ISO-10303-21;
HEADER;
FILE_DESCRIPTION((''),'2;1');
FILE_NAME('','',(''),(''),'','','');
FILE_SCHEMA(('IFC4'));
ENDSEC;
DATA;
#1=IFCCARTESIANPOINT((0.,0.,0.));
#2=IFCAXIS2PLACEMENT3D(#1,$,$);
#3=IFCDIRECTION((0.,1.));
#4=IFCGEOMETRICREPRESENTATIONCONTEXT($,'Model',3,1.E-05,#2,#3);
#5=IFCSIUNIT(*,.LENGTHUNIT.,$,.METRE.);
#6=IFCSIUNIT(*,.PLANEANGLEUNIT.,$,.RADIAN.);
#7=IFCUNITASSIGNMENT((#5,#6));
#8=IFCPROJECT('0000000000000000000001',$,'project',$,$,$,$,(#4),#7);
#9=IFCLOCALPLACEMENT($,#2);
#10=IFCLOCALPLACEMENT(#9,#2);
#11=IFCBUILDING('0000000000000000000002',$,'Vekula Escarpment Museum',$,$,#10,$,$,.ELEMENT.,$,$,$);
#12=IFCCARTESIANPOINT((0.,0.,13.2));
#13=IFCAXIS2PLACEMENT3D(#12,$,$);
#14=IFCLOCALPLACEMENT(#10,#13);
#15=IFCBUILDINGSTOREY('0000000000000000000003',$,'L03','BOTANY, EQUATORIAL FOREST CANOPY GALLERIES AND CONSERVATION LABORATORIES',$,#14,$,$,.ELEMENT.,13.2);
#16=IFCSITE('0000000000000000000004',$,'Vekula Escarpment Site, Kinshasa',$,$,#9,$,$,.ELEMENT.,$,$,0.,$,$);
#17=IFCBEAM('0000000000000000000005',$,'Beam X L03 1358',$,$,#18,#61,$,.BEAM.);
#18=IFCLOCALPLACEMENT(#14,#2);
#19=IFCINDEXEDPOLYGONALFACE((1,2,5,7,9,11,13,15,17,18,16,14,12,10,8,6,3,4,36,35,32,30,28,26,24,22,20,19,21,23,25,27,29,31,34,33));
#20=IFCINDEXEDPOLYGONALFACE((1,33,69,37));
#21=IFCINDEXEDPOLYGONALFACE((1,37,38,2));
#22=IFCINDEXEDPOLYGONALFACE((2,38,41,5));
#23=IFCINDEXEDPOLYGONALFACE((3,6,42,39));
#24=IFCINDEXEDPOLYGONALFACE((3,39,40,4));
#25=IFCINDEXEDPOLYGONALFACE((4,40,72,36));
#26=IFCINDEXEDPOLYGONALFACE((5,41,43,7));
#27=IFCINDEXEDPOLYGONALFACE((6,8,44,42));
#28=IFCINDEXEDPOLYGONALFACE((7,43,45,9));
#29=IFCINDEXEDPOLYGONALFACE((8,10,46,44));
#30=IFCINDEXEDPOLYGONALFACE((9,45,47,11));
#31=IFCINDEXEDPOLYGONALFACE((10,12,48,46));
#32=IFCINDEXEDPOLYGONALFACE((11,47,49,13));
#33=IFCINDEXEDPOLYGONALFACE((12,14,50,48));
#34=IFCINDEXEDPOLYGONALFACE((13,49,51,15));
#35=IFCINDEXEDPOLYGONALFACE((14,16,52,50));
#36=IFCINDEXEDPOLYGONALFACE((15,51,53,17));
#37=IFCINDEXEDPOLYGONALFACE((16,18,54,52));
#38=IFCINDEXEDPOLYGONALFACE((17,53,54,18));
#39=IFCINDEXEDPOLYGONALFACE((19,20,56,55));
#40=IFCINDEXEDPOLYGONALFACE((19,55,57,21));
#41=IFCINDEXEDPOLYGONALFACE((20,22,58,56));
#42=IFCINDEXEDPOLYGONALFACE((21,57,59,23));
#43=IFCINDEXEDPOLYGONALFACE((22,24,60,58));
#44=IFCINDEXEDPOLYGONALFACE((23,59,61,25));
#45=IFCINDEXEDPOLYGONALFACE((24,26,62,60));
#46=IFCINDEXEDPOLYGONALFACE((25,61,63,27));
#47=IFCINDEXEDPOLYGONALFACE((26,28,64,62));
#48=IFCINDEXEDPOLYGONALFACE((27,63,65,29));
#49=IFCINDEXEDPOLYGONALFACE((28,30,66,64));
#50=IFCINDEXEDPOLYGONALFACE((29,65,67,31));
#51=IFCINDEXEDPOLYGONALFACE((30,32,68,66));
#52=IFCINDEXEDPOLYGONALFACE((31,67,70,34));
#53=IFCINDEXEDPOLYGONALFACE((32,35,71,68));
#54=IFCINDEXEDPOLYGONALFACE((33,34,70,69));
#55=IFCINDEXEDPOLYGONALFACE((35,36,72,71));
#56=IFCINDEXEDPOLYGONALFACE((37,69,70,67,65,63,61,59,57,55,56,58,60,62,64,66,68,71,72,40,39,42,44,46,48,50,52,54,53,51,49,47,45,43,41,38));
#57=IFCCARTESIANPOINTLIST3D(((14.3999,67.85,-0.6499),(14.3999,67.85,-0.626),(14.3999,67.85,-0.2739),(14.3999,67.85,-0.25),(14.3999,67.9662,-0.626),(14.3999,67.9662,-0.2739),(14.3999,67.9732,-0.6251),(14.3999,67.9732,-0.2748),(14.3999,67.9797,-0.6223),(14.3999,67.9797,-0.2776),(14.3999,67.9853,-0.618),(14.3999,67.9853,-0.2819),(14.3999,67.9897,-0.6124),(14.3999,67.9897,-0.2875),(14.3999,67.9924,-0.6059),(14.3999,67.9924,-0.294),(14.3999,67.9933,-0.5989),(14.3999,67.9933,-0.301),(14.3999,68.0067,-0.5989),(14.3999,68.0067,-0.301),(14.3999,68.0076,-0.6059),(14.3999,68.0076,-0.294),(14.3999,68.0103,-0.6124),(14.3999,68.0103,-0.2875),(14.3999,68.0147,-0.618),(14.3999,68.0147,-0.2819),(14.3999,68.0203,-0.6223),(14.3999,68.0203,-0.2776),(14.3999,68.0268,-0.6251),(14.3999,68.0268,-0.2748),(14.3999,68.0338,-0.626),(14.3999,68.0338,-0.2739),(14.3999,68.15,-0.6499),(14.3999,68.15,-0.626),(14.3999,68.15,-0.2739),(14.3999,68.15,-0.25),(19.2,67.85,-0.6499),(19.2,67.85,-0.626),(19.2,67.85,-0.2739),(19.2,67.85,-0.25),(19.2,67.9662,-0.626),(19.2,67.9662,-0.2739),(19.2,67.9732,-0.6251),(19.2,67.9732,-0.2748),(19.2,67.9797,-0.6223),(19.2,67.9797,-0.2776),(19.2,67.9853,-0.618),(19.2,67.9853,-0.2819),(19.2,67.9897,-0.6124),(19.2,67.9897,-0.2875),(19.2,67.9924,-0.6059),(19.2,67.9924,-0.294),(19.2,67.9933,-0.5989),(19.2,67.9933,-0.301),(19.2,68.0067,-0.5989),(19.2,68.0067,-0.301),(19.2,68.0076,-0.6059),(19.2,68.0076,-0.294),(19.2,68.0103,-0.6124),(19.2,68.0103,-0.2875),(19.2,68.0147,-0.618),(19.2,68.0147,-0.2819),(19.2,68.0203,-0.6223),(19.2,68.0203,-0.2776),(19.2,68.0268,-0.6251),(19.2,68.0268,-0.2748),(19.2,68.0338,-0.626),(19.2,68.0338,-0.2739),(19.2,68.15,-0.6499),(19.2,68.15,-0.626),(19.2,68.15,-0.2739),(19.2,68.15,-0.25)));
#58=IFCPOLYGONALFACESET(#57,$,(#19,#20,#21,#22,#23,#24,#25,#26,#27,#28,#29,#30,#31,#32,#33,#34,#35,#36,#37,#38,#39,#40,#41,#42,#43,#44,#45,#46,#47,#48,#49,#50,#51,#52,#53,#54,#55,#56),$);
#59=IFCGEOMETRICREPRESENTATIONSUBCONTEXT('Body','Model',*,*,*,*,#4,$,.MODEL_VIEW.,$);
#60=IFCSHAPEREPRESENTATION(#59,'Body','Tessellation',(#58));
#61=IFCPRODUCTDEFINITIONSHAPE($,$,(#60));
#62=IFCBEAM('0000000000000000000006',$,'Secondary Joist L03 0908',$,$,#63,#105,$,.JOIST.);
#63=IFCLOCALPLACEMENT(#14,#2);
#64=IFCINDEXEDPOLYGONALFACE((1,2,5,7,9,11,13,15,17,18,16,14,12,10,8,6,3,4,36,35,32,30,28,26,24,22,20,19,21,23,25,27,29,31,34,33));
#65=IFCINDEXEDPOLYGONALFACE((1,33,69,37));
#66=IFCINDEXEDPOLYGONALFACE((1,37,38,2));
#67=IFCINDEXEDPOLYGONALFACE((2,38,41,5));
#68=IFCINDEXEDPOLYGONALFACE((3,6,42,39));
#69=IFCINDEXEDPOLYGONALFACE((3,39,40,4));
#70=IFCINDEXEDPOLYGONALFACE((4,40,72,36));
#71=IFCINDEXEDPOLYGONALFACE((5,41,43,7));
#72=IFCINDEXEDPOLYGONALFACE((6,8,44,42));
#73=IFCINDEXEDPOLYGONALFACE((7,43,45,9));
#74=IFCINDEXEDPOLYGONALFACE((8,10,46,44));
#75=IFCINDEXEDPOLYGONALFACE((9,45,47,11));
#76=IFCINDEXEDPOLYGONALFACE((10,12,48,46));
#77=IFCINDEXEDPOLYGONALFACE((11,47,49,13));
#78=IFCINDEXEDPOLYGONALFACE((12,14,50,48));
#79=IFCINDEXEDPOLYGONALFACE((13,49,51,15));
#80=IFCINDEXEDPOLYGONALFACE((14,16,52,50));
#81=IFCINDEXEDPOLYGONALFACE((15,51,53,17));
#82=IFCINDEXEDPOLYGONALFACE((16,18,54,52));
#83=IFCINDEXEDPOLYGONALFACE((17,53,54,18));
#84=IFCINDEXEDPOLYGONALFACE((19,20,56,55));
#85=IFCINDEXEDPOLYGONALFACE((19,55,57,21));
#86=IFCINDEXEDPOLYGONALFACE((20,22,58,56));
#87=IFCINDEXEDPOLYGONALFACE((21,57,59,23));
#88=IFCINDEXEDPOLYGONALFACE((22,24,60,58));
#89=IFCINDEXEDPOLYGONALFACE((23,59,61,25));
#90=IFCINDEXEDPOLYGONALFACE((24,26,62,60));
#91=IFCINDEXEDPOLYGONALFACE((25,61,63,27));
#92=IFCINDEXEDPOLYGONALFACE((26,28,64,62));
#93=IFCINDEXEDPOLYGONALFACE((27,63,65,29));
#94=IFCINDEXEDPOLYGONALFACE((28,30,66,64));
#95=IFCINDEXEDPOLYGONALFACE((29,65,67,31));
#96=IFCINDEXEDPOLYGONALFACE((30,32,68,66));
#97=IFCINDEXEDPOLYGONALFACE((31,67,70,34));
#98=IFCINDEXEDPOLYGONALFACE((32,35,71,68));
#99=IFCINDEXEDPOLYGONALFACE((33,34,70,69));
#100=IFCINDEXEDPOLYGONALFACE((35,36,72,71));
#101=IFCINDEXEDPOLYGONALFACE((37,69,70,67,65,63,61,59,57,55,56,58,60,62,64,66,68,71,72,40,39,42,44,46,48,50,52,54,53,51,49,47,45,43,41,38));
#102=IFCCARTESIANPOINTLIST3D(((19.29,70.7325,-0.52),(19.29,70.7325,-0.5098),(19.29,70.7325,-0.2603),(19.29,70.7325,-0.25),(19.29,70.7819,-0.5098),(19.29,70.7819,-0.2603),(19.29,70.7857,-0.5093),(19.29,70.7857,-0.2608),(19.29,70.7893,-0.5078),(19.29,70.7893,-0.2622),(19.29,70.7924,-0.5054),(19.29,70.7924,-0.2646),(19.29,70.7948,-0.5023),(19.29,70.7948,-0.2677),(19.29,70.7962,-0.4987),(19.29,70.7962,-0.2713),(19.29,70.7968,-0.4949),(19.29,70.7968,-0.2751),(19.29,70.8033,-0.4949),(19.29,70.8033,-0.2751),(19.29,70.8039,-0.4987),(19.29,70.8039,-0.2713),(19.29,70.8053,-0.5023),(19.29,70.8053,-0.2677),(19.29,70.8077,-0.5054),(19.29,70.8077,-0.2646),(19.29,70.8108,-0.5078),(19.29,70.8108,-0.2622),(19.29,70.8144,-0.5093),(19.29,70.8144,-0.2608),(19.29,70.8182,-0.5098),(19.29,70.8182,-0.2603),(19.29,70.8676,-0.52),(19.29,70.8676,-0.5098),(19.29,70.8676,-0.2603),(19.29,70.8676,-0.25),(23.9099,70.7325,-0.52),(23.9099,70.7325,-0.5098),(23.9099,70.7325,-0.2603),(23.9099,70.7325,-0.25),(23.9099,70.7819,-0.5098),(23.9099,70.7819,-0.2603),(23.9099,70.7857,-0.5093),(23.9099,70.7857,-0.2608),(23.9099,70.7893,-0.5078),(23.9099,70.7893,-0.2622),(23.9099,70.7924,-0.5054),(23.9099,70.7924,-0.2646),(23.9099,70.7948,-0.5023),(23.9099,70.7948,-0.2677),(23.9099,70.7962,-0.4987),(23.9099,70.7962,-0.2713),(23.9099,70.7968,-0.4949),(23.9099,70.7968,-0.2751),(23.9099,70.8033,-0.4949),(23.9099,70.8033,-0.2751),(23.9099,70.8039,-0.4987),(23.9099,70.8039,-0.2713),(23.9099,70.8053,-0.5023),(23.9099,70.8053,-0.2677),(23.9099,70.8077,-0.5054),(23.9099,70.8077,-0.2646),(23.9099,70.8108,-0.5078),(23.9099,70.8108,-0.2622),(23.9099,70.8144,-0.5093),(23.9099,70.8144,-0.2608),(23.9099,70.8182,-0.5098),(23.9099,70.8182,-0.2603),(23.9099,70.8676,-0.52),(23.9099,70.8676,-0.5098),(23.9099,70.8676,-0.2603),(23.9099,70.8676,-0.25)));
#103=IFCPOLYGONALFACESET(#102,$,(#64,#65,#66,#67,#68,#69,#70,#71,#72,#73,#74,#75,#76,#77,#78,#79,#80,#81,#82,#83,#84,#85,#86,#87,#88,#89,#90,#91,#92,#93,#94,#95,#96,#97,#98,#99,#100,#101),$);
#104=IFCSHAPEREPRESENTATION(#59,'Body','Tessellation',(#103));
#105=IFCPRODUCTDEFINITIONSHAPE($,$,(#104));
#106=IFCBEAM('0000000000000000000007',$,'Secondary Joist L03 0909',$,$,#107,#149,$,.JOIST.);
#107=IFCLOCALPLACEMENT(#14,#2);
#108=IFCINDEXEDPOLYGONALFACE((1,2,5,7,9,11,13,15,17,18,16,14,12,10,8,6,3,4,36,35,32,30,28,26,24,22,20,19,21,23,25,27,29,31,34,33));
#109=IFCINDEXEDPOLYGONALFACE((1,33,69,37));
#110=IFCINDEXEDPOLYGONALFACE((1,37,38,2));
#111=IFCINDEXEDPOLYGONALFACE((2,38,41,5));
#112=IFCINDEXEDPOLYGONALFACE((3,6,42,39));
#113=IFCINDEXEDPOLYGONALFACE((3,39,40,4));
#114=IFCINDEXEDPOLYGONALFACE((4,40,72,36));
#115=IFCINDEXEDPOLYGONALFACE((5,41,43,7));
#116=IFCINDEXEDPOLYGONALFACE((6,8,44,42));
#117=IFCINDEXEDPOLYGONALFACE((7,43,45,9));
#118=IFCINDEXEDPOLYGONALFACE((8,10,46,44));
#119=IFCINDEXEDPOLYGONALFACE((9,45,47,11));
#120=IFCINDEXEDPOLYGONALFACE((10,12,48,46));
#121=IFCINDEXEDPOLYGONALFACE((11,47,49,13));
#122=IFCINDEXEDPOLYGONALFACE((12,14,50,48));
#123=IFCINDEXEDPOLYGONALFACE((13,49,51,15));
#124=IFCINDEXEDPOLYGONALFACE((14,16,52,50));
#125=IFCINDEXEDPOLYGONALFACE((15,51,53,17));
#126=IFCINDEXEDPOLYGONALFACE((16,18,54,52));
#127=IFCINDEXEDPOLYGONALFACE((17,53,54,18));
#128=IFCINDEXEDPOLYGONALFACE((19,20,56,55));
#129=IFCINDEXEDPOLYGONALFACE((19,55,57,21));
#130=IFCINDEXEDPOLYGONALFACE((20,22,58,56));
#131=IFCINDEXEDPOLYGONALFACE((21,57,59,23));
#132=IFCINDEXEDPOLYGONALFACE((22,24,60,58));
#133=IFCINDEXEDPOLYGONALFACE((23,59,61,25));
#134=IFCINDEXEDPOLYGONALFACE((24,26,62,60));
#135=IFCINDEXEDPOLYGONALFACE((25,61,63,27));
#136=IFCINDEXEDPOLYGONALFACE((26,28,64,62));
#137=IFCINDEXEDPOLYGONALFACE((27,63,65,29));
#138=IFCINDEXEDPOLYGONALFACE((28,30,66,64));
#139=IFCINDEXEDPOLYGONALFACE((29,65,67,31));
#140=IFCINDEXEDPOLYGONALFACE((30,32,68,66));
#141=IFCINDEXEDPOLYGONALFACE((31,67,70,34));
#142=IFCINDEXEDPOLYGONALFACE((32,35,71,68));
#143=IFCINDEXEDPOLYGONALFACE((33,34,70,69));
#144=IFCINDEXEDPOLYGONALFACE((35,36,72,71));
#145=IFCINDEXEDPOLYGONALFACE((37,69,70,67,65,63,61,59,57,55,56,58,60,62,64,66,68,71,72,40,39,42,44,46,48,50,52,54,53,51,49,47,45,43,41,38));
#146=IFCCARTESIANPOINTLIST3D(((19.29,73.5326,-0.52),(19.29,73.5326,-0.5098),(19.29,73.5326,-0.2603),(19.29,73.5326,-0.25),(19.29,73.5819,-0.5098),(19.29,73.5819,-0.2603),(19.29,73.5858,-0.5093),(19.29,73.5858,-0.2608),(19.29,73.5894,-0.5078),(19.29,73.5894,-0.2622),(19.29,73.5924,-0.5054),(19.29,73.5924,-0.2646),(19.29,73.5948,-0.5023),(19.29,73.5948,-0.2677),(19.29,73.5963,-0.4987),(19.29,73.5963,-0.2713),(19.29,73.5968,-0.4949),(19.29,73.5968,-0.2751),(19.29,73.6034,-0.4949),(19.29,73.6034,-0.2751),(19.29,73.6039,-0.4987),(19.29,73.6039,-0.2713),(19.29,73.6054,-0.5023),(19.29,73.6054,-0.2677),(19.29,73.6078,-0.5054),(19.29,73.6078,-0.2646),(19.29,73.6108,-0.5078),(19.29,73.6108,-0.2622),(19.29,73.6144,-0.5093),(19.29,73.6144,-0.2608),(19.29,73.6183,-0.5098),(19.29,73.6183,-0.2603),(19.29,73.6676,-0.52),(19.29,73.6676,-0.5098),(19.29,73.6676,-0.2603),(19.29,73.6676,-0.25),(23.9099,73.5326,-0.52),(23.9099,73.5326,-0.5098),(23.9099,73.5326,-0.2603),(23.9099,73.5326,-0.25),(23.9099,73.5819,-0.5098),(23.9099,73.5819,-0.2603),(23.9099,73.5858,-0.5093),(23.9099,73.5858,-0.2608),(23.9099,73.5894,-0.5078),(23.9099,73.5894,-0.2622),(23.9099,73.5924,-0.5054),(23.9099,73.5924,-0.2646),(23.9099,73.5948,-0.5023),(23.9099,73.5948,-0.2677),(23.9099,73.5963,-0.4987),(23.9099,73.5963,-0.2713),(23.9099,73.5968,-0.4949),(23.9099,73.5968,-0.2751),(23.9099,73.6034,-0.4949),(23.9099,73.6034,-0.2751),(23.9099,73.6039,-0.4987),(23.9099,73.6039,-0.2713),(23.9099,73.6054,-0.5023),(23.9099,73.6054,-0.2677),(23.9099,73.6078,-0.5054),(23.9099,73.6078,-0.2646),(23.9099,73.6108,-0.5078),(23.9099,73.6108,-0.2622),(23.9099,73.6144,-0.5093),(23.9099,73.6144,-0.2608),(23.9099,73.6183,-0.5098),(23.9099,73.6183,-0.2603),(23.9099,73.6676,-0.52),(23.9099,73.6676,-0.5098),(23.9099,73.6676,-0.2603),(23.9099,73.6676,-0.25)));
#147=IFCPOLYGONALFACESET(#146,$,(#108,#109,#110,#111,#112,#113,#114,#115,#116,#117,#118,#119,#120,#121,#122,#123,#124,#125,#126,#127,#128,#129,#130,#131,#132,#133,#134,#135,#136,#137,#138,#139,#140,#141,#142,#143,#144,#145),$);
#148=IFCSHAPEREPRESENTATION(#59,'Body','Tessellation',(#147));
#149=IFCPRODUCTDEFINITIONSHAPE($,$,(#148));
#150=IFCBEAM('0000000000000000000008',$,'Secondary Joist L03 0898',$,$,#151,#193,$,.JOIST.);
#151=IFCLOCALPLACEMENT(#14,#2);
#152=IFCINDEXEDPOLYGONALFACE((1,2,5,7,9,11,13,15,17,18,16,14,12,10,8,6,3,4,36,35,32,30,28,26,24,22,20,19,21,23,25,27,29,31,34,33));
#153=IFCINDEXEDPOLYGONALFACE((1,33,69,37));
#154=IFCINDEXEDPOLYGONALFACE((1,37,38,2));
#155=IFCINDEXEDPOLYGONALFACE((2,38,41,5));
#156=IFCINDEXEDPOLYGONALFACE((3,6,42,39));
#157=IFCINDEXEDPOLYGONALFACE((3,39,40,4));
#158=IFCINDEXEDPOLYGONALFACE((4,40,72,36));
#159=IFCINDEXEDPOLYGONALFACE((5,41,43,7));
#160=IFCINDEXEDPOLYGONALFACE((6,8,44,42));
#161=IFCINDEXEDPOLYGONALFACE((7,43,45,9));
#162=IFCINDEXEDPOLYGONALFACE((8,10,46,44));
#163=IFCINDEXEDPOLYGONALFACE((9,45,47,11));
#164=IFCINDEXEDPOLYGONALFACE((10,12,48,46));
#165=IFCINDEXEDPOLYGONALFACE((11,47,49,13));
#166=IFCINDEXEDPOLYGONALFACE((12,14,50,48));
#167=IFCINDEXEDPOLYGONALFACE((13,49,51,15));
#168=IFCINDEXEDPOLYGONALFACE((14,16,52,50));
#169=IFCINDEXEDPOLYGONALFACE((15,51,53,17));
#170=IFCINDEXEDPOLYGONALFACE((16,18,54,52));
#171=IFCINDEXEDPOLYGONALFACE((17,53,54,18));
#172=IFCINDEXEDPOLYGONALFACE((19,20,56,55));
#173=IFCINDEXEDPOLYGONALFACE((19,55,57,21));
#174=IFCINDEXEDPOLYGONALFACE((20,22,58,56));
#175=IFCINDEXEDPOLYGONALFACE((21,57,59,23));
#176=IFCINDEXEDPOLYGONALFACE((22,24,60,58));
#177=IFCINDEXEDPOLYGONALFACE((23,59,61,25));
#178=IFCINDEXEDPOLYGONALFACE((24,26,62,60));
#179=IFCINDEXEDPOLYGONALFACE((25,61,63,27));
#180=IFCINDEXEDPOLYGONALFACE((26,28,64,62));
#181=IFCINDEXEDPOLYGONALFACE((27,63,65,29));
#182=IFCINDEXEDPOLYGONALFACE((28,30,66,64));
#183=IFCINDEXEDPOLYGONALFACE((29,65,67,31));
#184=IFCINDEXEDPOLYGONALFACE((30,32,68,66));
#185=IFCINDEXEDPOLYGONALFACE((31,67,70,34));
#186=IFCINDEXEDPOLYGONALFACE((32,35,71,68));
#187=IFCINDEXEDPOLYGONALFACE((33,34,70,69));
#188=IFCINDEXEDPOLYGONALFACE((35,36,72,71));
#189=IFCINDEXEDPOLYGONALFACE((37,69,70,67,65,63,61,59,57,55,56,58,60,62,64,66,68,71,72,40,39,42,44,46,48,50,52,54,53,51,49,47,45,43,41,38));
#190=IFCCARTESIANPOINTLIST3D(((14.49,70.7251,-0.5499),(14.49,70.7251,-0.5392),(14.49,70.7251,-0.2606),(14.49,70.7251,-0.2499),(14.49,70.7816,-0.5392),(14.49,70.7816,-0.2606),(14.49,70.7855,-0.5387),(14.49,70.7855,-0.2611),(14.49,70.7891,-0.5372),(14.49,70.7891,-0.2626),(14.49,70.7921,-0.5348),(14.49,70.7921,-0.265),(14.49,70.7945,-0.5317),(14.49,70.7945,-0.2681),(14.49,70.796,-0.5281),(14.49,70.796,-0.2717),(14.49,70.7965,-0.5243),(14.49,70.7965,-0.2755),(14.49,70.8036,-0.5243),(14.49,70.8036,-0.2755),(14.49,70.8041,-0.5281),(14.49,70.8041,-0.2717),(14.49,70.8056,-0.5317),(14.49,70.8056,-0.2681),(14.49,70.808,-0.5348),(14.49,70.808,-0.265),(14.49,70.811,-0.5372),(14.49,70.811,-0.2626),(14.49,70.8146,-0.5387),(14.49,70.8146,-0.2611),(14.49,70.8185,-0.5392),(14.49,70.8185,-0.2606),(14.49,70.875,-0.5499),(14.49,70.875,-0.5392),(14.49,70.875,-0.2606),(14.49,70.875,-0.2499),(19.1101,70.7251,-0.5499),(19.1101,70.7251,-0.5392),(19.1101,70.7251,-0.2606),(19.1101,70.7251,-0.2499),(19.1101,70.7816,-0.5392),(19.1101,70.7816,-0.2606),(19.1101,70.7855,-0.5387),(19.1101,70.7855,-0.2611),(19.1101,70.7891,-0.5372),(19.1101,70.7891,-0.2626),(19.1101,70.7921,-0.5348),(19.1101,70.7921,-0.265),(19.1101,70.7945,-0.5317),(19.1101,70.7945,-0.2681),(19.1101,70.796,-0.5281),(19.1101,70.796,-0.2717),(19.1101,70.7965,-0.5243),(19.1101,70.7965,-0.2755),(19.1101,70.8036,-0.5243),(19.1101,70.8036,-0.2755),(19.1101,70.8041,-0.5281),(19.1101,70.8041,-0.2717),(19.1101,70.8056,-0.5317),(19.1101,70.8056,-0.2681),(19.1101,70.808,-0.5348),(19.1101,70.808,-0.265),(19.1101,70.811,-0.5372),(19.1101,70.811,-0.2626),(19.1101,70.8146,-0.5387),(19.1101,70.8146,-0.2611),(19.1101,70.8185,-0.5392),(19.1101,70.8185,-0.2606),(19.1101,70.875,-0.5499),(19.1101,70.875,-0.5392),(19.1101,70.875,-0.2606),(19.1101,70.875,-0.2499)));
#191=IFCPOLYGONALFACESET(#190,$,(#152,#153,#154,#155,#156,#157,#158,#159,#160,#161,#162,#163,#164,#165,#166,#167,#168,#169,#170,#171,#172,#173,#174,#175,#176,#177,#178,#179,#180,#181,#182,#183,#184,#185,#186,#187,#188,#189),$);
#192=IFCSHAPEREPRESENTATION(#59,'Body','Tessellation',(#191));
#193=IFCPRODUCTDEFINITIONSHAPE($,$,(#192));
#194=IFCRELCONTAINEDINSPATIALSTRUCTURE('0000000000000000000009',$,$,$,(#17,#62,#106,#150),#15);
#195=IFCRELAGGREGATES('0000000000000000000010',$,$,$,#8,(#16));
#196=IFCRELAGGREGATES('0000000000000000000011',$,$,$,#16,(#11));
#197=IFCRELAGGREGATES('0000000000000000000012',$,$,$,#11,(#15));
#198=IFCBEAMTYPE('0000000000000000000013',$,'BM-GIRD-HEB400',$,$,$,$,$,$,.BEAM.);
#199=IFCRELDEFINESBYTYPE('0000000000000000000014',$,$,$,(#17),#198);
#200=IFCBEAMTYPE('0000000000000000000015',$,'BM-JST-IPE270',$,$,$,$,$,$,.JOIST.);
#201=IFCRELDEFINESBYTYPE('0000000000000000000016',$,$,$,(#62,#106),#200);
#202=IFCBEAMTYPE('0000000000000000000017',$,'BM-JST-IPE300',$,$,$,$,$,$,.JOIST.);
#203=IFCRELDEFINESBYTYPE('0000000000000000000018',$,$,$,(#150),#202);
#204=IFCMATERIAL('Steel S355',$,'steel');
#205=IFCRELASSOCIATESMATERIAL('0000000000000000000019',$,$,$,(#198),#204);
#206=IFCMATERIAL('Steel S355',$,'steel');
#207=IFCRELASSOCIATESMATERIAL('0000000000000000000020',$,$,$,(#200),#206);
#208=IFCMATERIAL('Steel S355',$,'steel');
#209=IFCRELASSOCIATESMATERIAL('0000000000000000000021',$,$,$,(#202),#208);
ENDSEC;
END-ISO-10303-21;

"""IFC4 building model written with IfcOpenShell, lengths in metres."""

from ifc_helpers import new_model, si_unit, direction, frame, origin, origin_2d, place, context, subcontext, project, spatial, i_section, extrude, material, material_profile, profile_set, type_object, element, save


model = new_model("IFC4")

# Units and contexts
model_context = context("Model", 3, precision=1e-05, world=origin(), true_north=direction((0.0, 1.0)))
body_context = subcontext(model_context, "Body", "Model", "MODEL_VIEW")
ifc_project = project(units=[si_unit("LENGTHUNIT", "METRE"), si_unit("PLANEANGLEUNIT", "RADIAN")], contexts=[model_context])

# Site, building, storey
site_placement = place(None, origin())
site = spatial("IfcSite", under=ifc_project, at=site_placement, Name="Vekula Escarpment Site, Kinshasa", CompositionType="ELEMENT", RefElevation=0.0)
building_placement = place(site_placement, origin())
building = spatial("IfcBuilding", under=site, at=building_placement, Name="Vekula Escarpment Museum", CompositionType="ELEMENT")
storey_placement = place(building_placement, frame((0.0, 0.0, 13.2)))
storey = spatial("IfcBuildingStorey", under=building, at=storey_placement, Name="L03", Description="BOTANY, EQUATORIAL FOREST CANOPY GALLERIES AND CONSERVATION LABORATORIES", CompositionType="ELEMENT", Elevation=13.2)

# Beams
ifc_material_1 = material(Name="Steel S355", Category="steel")
ifc_material_profile_1 = material_profile(ifc_material_1, i_section(OverallWidth=0.3, OverallDepth=0.3999, WebThickness=0.0134, FlangeThickness=0.0239, FilletRadius=0.0271, at=origin_2d()), Name="HEB 400")
ifc_profile_set_1 = profile_set([ifc_material_profile_1], Name="Steel S355")
beam_type_1 = type_object("IfcBeamType", Name="BM-GIRD-HEB400", PredefinedType="BEAM", material=ifc_profile_set_1)
beam_1_placement = place(storey_placement, frame((14.3999, 68.0, -0.45), z_axis=(1.0, 0.0, 0.0), x_axis=(0.0, 1.0, 0.0)))
element("IfcBeam", 1, at=beam_1_placement, inside=storey, type_object=beam_type_1, Name="Beam X L03 1358", PredefinedType="BEAM", context=body_context, shape_type="SweptSolid", body=[
    extrude(i_section(OverallWidth=0.3, OverallDepth=0.3999, WebThickness=0.0134, FlangeThickness=0.0239, FilletRadius=0.0271, at=origin_2d()), origin(), (0.0, 0.0, 1.0), 4.8),
])
ifc_material_2 = material(Name="Steel S355", Category="steel")
ifc_material_profile_2 = material_profile(ifc_material_2, i_section(OverallWidth=0.135, OverallDepth=0.27, WebThickness=0.0066, FlangeThickness=0.0103, FilletRadius=0.0149, at=origin_2d()), Name="IPE 270")
ifc_profile_set_2 = profile_set([ifc_material_profile_2], Name="Steel S355")
beam_type_2 = type_object("IfcBeamType", Name="BM-JST-IPE270", PredefinedType="JOIST", material=ifc_profile_set_2)
for number, where, z_axis, x_axis, name in (
    (2, (19.29, 70.8, -0.385), (1.0, 0.0, 0.0), (0.0, 1.0, 0.0), "Secondary Joist L03 0908"),
    (3, (19.29, 73.6001, -0.385), (1.0, 0.0, 0.0), (0.0, 1.0, 0.0), "Secondary Joist L03 0909"),
):
    element("IfcBeam", number, at=place(storey_placement, frame(where, z_axis=z_axis, x_axis=x_axis)), inside=storey, type_object=beam_type_2, Name=name, PredefinedType="JOIST", context=body_context, shape_type="SweptSolid", body=[
        extrude(i_section(OverallWidth=0.135, OverallDepth=0.27, WebThickness=0.0066, FlangeThickness=0.0103, FilletRadius=0.0149, at=origin_2d()), origin(), (0.0, 0.0, 1.0), 4.6199),
    ])
ifc_material_3 = material(Name="Steel S355", Category="steel")
ifc_material_profile_3 = material_profile(ifc_material_3, i_section(OverallWidth=0.1499, OverallDepth=0.3, WebThickness=0.0071, FlangeThickness=0.0107, FilletRadius=0.0149, at=origin_2d()), Name="IPE 300")
ifc_profile_set_3 = profile_set([ifc_material_profile_3], Name="Steel S355")
beam_type_3 = type_object("IfcBeamType", Name="BM-JST-IPE300", PredefinedType="JOIST", material=ifc_profile_set_3)
for number, where, z_axis, x_axis, name in (
    (4, (14.49, 70.8, -0.3999), (1.0, 0.0, 0.0), (0.0, 1.0, 0.0), "Secondary Joist L03 0898"),
):
    element("IfcBeam", number, at=place(storey_placement, frame(where, z_axis=z_axis, x_axis=x_axis)), inside=storey, type_object=beam_type_3, Name=name, PredefinedType="JOIST", context=body_context, shape_type="SweptSolid", body=[
        extrude(i_section(OverallWidth=0.1499, OverallDepth=0.3, WebThickness=0.0071, FlangeThickness=0.0107, FilletRadius=0.0149, at=origin_2d()), origin(), (0.0, 0.0, 1.0), 4.6201),
    ])

save(model, "model.ifc")
